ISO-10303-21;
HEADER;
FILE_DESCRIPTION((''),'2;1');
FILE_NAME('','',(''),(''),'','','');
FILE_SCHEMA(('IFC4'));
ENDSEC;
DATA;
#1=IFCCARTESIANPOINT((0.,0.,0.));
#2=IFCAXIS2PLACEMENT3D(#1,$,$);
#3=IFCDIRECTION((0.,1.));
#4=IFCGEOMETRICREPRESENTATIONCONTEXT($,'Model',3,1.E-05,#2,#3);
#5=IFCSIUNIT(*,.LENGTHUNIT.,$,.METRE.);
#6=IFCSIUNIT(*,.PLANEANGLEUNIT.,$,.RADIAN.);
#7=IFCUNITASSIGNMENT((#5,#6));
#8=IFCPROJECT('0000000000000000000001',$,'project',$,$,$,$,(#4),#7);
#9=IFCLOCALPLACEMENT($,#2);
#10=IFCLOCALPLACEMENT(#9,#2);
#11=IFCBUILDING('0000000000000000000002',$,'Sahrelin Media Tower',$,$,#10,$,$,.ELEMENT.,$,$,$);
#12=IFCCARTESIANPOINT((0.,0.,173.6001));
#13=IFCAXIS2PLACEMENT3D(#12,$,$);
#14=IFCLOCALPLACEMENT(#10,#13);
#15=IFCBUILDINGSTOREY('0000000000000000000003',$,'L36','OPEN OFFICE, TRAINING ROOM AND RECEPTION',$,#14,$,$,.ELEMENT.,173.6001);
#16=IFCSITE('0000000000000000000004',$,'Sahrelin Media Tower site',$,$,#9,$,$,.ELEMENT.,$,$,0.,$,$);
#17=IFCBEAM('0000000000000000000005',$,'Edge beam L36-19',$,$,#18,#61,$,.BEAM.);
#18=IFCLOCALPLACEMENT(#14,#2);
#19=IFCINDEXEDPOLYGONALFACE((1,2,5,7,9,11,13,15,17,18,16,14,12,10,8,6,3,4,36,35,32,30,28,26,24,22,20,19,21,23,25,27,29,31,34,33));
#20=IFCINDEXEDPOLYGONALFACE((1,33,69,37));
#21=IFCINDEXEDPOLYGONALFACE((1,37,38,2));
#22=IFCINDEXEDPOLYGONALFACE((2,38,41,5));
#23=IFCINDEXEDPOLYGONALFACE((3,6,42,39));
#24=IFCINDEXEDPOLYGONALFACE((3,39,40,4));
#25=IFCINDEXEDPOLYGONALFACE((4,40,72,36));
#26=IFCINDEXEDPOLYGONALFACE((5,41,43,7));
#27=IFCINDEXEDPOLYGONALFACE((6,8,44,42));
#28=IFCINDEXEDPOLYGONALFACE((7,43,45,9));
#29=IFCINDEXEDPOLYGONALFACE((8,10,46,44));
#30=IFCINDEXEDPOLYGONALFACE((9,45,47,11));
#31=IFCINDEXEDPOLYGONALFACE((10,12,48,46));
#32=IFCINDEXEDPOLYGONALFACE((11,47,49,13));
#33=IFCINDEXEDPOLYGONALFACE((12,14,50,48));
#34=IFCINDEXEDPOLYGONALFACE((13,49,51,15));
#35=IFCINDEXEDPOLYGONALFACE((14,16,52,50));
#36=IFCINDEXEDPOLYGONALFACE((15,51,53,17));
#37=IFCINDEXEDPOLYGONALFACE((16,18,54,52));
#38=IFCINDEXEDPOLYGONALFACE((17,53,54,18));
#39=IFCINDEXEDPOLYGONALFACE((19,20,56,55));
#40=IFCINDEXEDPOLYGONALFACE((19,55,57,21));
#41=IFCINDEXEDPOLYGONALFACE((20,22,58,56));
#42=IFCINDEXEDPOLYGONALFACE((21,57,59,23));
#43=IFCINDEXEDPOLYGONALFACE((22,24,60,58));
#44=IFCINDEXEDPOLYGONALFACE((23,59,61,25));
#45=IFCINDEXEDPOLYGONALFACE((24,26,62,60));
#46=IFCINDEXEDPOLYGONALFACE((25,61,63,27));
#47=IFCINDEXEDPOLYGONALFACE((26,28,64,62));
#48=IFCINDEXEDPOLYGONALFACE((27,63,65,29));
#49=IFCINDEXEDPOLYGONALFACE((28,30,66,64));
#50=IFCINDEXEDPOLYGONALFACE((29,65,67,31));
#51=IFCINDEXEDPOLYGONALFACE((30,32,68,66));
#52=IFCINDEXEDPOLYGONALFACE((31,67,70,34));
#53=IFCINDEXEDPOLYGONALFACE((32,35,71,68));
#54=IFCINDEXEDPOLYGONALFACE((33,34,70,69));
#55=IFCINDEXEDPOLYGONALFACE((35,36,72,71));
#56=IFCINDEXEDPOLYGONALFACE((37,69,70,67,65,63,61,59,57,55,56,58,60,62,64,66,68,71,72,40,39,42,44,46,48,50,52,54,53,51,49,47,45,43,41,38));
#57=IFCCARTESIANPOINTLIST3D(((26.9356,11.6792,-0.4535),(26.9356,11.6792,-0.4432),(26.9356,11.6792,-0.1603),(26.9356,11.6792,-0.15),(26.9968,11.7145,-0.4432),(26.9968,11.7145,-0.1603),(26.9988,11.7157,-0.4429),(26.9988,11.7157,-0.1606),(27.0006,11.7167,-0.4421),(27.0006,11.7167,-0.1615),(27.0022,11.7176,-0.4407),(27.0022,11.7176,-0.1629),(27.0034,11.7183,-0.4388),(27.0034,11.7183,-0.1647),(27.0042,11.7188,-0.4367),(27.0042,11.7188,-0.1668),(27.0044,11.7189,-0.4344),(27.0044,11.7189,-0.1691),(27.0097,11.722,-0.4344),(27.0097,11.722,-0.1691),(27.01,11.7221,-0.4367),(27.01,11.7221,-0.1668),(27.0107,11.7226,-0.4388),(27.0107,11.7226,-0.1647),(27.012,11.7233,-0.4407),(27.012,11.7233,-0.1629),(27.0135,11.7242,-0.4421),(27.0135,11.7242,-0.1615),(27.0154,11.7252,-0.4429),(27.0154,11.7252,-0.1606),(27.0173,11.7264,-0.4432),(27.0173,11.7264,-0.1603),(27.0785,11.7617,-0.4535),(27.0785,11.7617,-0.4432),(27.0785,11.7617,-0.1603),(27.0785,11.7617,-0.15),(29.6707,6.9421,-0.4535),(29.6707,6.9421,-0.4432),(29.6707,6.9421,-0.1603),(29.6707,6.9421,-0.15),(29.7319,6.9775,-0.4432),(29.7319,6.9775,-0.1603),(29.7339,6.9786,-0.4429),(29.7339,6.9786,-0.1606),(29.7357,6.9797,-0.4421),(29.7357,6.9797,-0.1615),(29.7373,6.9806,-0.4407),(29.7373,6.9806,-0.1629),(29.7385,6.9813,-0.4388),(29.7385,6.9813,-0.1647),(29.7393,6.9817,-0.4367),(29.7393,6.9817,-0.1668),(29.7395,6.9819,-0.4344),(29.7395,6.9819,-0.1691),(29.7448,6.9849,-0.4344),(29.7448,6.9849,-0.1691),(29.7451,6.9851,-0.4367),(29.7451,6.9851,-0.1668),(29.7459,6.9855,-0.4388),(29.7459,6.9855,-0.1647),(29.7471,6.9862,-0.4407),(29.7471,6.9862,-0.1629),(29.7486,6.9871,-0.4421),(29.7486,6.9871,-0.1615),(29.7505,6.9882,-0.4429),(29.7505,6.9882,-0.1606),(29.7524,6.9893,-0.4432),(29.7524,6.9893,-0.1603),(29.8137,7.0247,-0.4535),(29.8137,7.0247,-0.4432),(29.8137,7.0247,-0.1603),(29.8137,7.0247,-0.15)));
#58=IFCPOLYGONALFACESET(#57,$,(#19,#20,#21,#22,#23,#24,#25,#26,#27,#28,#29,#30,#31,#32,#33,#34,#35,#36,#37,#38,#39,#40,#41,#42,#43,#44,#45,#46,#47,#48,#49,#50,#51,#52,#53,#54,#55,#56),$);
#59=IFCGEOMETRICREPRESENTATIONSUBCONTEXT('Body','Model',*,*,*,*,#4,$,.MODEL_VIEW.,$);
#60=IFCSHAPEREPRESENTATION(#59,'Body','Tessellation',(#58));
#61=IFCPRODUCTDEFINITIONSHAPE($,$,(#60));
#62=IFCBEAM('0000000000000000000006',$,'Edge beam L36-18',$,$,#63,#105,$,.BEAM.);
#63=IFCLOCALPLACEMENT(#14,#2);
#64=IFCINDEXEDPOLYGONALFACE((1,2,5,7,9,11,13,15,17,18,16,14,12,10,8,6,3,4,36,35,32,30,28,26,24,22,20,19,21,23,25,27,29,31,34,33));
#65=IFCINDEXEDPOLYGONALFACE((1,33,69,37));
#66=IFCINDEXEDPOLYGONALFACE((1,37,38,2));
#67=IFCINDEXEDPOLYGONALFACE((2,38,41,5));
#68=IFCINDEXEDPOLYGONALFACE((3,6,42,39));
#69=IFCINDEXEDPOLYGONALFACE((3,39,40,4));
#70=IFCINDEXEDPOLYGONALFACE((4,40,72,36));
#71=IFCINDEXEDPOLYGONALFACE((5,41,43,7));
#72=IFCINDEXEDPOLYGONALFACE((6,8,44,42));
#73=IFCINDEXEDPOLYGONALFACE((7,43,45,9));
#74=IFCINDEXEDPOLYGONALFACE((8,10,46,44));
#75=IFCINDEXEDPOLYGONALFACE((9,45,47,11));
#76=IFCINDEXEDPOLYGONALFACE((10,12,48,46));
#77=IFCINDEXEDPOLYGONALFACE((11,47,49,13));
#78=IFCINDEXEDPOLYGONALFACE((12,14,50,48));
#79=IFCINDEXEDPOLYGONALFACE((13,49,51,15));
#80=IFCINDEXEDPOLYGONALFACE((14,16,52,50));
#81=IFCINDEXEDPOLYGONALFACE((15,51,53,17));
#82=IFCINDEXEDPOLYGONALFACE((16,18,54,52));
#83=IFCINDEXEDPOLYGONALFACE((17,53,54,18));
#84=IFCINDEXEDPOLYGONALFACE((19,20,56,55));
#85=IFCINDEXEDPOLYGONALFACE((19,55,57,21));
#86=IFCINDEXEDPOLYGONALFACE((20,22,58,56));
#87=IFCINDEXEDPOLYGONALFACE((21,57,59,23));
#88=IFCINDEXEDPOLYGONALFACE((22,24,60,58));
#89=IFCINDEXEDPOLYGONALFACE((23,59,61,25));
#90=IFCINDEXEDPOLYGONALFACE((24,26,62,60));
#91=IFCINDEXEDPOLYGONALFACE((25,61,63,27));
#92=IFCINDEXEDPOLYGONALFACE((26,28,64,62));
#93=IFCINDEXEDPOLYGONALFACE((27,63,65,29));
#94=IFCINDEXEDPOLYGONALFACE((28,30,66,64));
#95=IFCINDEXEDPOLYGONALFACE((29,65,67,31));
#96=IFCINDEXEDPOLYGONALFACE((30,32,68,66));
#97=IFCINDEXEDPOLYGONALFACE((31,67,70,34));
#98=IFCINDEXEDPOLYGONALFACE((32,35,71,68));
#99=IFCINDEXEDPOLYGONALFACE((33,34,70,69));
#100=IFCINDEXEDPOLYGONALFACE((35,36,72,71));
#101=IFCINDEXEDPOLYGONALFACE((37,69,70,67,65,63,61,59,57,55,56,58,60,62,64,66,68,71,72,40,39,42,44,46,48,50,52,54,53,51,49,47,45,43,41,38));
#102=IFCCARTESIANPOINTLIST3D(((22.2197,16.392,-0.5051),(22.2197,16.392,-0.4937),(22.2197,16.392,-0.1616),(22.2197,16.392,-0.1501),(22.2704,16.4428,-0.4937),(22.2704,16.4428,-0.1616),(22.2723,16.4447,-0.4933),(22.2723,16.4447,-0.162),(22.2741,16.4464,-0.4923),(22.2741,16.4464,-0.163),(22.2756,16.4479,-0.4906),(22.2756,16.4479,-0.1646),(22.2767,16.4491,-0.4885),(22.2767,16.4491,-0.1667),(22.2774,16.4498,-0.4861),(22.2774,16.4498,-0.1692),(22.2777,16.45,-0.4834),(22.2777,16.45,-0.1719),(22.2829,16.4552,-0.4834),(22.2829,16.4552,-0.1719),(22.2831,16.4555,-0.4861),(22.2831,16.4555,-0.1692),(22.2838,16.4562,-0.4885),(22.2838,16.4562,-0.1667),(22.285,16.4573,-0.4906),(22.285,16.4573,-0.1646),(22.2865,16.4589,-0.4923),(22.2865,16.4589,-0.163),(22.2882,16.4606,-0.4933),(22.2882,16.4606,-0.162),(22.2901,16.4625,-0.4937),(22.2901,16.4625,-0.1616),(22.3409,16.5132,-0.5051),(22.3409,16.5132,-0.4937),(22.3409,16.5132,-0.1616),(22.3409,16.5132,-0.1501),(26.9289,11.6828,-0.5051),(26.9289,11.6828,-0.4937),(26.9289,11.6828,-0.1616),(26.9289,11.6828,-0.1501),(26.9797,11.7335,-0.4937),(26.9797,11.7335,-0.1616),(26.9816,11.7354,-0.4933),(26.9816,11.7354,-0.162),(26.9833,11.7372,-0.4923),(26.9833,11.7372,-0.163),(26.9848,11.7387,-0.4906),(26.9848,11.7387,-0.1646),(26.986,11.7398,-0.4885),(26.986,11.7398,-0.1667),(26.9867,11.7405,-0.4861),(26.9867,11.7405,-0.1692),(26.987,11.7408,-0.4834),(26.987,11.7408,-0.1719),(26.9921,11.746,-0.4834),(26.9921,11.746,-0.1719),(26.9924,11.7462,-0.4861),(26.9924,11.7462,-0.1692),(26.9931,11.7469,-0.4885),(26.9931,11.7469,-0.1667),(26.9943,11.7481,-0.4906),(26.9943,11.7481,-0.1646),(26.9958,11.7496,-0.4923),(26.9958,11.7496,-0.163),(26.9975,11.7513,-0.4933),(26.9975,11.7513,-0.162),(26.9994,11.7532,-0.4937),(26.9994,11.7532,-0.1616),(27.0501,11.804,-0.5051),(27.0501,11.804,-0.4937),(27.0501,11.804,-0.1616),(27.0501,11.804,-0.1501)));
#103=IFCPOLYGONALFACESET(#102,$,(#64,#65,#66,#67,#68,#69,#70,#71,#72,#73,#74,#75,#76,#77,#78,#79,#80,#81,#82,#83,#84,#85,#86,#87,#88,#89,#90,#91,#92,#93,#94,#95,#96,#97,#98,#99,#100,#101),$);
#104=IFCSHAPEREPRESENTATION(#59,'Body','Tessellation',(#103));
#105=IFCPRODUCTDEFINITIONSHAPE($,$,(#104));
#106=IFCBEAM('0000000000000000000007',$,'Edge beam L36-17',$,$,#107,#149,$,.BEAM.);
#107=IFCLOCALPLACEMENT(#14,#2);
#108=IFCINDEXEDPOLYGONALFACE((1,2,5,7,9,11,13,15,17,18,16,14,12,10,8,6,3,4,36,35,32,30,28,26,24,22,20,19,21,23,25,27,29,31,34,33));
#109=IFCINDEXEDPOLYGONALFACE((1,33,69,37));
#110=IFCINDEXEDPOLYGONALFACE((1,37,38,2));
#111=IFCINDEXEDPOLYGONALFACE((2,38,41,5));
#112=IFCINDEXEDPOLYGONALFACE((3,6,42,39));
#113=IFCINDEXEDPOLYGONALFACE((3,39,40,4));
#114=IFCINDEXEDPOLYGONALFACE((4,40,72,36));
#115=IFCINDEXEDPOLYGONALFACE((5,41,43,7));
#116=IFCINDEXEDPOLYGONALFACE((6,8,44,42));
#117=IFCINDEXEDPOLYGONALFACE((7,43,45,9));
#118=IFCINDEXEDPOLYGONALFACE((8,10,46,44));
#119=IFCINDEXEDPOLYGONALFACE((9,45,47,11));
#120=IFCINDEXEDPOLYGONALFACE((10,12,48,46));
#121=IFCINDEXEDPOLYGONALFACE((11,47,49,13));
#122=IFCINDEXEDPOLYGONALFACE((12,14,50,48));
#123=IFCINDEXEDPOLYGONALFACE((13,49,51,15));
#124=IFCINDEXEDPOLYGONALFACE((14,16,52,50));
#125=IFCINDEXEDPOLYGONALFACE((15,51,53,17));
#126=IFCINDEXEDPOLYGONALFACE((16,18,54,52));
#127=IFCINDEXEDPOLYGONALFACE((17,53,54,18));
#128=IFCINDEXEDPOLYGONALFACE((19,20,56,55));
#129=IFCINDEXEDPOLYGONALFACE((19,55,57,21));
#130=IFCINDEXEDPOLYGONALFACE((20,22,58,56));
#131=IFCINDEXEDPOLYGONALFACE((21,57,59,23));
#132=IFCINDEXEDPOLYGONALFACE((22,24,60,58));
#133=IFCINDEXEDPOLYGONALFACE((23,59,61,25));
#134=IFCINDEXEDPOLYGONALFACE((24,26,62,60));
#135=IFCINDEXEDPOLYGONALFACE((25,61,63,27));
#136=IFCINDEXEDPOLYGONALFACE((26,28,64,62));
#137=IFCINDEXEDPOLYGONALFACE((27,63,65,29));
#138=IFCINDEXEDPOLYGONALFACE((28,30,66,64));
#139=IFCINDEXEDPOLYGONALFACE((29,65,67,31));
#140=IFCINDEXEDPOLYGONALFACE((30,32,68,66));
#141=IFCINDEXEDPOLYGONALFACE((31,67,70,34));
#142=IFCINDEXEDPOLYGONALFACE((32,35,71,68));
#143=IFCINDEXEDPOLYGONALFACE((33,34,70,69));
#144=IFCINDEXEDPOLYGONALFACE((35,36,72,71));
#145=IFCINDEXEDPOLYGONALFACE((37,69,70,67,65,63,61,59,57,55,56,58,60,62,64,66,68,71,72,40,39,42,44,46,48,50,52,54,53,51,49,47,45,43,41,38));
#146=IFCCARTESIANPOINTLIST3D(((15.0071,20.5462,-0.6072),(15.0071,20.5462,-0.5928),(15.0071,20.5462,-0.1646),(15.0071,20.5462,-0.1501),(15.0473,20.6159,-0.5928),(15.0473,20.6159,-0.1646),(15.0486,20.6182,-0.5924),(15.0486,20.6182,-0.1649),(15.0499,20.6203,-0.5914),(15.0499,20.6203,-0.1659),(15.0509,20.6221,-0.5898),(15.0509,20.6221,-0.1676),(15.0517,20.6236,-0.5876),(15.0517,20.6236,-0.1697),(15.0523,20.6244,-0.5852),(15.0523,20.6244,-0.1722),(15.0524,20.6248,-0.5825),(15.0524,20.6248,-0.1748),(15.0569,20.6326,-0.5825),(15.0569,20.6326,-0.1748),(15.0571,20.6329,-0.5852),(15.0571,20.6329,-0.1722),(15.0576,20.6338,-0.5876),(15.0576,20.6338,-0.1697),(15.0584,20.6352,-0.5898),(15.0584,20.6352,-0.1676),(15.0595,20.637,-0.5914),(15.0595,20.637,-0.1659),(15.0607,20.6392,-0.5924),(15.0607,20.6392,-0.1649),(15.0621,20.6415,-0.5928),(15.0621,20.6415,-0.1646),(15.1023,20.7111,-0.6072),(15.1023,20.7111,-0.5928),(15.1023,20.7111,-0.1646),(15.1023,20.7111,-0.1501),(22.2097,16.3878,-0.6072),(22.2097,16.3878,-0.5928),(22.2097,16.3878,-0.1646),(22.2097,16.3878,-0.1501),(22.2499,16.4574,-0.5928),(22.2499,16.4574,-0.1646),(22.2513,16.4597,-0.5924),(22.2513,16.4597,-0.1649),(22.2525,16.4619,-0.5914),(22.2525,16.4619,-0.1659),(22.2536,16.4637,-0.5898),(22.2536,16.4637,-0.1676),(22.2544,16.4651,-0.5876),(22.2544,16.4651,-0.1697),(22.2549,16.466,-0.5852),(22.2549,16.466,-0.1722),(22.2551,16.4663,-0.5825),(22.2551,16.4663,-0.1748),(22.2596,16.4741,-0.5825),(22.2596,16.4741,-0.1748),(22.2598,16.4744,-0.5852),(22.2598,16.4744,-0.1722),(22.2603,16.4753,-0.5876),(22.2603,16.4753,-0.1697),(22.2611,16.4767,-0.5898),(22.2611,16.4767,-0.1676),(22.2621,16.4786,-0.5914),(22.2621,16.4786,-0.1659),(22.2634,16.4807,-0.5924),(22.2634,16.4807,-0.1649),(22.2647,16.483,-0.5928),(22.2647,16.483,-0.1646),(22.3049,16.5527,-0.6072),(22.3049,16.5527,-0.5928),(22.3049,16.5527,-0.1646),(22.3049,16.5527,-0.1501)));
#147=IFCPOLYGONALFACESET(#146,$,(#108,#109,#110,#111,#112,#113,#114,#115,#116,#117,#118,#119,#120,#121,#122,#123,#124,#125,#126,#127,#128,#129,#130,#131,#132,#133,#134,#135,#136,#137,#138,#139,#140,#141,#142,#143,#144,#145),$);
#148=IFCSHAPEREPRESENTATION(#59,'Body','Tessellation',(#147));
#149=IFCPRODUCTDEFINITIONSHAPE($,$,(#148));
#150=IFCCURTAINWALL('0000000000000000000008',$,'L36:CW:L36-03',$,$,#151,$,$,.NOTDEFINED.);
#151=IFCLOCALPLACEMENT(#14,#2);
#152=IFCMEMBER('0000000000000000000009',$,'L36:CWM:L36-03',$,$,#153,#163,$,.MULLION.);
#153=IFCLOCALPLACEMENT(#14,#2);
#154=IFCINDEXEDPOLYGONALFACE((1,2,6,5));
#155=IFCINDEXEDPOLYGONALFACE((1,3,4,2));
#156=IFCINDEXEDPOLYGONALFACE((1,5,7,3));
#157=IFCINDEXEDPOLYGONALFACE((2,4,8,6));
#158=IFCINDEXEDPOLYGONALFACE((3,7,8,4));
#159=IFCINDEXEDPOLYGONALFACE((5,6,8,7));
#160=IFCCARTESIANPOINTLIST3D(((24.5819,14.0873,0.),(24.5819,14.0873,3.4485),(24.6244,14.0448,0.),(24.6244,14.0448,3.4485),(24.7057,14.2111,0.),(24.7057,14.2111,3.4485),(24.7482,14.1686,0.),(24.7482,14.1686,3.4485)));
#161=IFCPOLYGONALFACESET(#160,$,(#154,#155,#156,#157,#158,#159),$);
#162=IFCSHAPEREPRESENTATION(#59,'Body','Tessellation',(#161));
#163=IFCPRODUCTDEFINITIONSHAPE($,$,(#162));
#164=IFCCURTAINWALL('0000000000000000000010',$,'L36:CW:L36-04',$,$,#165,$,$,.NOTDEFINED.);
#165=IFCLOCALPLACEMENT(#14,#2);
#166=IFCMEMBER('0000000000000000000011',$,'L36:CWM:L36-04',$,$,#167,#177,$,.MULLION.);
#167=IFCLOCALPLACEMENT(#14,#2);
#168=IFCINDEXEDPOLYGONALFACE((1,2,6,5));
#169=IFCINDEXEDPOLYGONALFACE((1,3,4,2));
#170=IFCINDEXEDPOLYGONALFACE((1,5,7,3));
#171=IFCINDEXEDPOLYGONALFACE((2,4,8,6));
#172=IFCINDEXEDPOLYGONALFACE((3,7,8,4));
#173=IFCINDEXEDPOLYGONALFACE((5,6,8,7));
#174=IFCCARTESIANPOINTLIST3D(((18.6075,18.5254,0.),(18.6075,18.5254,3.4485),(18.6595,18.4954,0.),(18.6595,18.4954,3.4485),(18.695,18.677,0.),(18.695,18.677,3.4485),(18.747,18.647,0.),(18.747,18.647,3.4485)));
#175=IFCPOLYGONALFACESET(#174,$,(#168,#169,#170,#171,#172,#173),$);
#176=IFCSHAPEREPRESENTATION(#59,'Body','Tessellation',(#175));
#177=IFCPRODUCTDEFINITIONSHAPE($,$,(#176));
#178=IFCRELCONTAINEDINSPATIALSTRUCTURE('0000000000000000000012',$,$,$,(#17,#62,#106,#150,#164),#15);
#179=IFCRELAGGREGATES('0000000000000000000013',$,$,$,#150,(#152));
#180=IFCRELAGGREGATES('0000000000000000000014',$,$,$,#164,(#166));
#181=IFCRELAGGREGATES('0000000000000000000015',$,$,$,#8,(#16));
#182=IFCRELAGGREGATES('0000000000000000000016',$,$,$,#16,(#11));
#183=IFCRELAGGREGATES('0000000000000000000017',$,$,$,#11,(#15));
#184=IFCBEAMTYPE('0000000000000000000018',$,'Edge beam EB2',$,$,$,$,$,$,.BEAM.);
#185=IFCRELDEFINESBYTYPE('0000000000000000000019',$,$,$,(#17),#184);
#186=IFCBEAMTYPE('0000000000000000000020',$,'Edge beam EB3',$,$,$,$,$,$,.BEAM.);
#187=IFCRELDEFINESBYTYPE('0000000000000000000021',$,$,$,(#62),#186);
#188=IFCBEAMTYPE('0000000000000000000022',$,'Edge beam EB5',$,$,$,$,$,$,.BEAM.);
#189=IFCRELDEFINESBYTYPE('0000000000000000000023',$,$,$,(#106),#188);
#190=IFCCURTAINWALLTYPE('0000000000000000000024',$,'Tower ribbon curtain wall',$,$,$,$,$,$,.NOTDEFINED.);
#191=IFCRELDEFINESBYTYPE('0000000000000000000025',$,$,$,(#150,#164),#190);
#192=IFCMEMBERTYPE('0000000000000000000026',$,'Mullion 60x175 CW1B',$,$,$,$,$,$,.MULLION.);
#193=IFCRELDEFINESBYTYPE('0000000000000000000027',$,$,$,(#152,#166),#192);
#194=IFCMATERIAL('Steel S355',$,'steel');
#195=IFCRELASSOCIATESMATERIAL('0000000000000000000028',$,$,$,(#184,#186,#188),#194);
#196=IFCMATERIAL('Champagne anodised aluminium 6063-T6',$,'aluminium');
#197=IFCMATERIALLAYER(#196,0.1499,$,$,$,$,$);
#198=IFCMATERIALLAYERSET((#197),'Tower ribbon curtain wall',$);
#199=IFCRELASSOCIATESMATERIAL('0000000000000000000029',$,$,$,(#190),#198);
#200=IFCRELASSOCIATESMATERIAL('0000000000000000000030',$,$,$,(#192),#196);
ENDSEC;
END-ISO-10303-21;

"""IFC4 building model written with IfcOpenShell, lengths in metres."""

from ifc_helpers import new_model, si_unit, direction, frame, origin, origin_2d, place, context, subcontext, project, spatial, rectangle, i_section, extrude, material, layer, layer_set, material_profile, profile_set, type_object, element, aggregate, save


model = new_model("IFC4")

# Units and contexts
model_context = context("Model", 3, precision=1e-05, world=origin(), true_north=direction((0.0, 1.0)))
body_context = subcontext(model_context, "Body", "Model", "MODEL_VIEW")
ifc_project = project(units=[si_unit("LENGTHUNIT", "METRE"), si_unit("PLANEANGLEUNIT", "RADIAN")], contexts=[model_context])

# Site, building, storey
site_placement = place(None, origin())
site = spatial("IfcSite", under=ifc_project, at=site_placement, Name="Sahrelin Media Tower site", CompositionType="ELEMENT", RefElevation=0.0)
building_placement = place(site_placement, origin())
building = spatial("IfcBuilding", under=site, at=building_placement, Name="Sahrelin Media Tower", CompositionType="ELEMENT")
storey_placement = place(building_placement, frame((0.0, 0.0, 173.6001)))
storey = spatial("IfcBuildingStorey", under=building, at=storey_placement, Name="L36", Description="OPEN OFFICE, TRAINING ROOM AND RECEPTION", CompositionType="ELEMENT", Elevation=173.6001)

# Beams
ifc_material_1 = material(Name="Steel S355", Category="steel")
ifc_material_profile_1 = material_profile(ifc_material_1, i_section(OverallWidth=0.165, OverallDepth=0.3035, WebThickness=0.0061, FlangeThickness=0.0103, FilletRadius=0.0088, at=origin_2d()), Name="UB 305x165x40")
ifc_profile_set_1 = profile_set([ifc_material_profile_1], Name="Steel S355")
beam_type_1 = type_object("IfcBeamType", Name="Edge beam EB2", PredefinedType="BEAM", material=ifc_profile_set_1)
beam_1_placement = place(storey_placement, frame((27.0071, 11.7205, -0.3018), z_axis=(0.500023, -0.866012, 0.0), x_axis=(0.866012, 0.500023, 0.0)))
element("IfcBeam", 1, at=beam_1_placement, inside=storey, type_object=beam_type_1, Name="Edge beam L36-19", PredefinedType="BEAM", context=body_context, shape_type="SweptSolid", body=[
    extrude(i_section(OverallWidth=0.165, OverallDepth=0.3035, WebThickness=0.0061, FlangeThickness=0.0103, FilletRadius=0.0088, at=origin_2d()), origin(), (0.0, 0.0, 1.0), 5.47),
])
ifc_material_profile_2 = material_profile(ifc_material_1, i_section(OverallWidth=0.1714, OverallDepth=0.355, WebThickness=0.0073, FlangeThickness=0.0115, FilletRadius=0.0103, at=origin_2d()), Name="UB 356x171x51")
ifc_profile_set_2 = profile_set([ifc_material_profile_2], Name="Steel S355")
beam_type_2 = type_object("IfcBeamType", Name="Edge beam EB3", PredefinedType="BEAM", material=ifc_profile_set_2)
beam_2_placement = place(storey_placement, frame((22.2803, 16.4526, -0.3276), z_axis=(0.707107, -0.707107, 0.0), x_axis=(0.707107, 0.707107, 0.0)))
element("IfcBeam", 2, at=beam_2_placement, inside=storey, type_object=beam_type_2, Name="Edge beam L36-18", PredefinedType="BEAM", context=body_context, shape_type="SweptSolid", body=[
    extrude(i_section(OverallWidth=0.1714, OverallDepth=0.355, WebThickness=0.0073, FlangeThickness=0.0115, FilletRadius=0.0103, at=origin_2d()), origin(), (0.0, 0.0, 1.0), 6.6599),
])
ifc_material_profile_3 = material_profile(ifc_material_1, i_section(OverallWidth=0.1904, OverallDepth=0.457, WebThickness=0.009, FlangeThickness=0.0144, FilletRadius=0.0103, at=origin_2d()), Name="UB 457x191x74")
ifc_profile_set_3 = profile_set([ifc_material_profile_3], Name="Steel S355")
beam_type_3 = type_object("IfcBeamType", Name="Edge beam EB5", PredefinedType="BEAM", material=ifc_profile_set_3)
beam_3_placement = place(storey_placement, frame((15.0547, 20.6287, -0.3787), z_axis=(0.866025, -0.5, 0.0), x_axis=(0.5, 0.866025, 0.0)))
element("IfcBeam", 3, at=beam_3_placement, inside=storey, type_object=beam_type_3, Name="Edge beam L36-17", PredefinedType="BEAM", context=body_context, shape_type="SweptSolid", body=[
    extrude(i_section(OverallWidth=0.1904, OverallDepth=0.457, WebThickness=0.009, FlangeThickness=0.0144, FilletRadius=0.0103, at=origin_2d()), origin(), (0.0, 0.0, 1.0), 8.3169),
])

# Curtain walls, members
ifc_material_2 = material(Name="Champagne anodised aluminium 6063-T6", Category="aluminium")
ifc_layer_1 = layer(ifc_material_2, 0.1499)
ifc_layer_set_1 = layer_set([ifc_layer_1], Name="Tower ribbon curtain wall")
curtain_wall_type = type_object("IfcCurtainWallType", Name="Tower ribbon curtain wall", PredefinedType="NOTDEFINED", material=ifc_layer_set_1)
curtain_wall_1_placement = place(storey_placement, frame((24.741, 14.2041, 0.0), z_axis=(0.0, 0.0, 1.0), x_axis=(1.0, 0.0, 0.0)))
curtain_wall_1 = element("IfcCurtainWall", 4, at=curtain_wall_1_placement, inside=storey, type_object=curtain_wall_type, Name="L36:CW:L36-03", PredefinedType="NOTDEFINED")
ifc_material_profile_4 = material_profile(ifc_material_2, rectangle(XDim=0.0601, YDim=0.175, at=origin_2d()), Name="Mullion 60x175")
ifc_profile_set_4 = profile_set([ifc_material_profile_4], Name="Champagne anodised aluminium 6063-T6")
member_type_1 = type_object("IfcMemberType", Name="Mullion 60x175 CW1B", PredefinedType="MULLION", material=ifc_profile_set_4)
member_1_placement = place(storey_placement, frame((24.665, 14.1279, 0.0), z_axis=(0.0, 0.0, 1.0), x_axis=(-0.707107, 0.707107, 0.0)))
member_1 = element("IfcMember", 5, at=member_1_placement, type_object=member_type_1, Name="L36:CWM:L36-03", PredefinedType="MULLION", context=body_context, shape_type="SweptSolid", body=[
    extrude(rectangle(XDim=0.0601, YDim=0.175, at=origin_2d()), origin(), (0.0, 0.0, 1.0), 3.4485),
])
curtain_wall_2_placement = place(storey_placement, frame((18.731, 18.6792, 0.0), z_axis=(0.0, 0.0, 1.0), x_axis=(1.0, 0.0, 0.0)))
curtain_wall_2 = element("IfcCurtainWall", 6, at=curtain_wall_2_placement, inside=storey, type_object=curtain_wall_type, Name="L36:CW:L36-04", PredefinedType="NOTDEFINED")
member_2_placement = place(storey_placement, frame((18.6772, 18.5862, 0.0), z_axis=(0.0, 0.0, 1.0), x_axis=(-0.866027, 0.499997, 0.0)))
member_2 = element("IfcMember", 7, at=member_2_placement, type_object=member_type_1, Name="L36:CWM:L36-04", PredefinedType="MULLION", context=body_context, shape_type="SweptSolid", body=[
    extrude(rectangle(XDim=0.0601, YDim=0.175, at=origin_2d()), origin(), (0.0, 0.0, 1.0), 3.4485),
])

aggregate(curtain_wall_1, [member_1])
aggregate(curtain_wall_2, [member_2])

save(model, "model.ifc")
